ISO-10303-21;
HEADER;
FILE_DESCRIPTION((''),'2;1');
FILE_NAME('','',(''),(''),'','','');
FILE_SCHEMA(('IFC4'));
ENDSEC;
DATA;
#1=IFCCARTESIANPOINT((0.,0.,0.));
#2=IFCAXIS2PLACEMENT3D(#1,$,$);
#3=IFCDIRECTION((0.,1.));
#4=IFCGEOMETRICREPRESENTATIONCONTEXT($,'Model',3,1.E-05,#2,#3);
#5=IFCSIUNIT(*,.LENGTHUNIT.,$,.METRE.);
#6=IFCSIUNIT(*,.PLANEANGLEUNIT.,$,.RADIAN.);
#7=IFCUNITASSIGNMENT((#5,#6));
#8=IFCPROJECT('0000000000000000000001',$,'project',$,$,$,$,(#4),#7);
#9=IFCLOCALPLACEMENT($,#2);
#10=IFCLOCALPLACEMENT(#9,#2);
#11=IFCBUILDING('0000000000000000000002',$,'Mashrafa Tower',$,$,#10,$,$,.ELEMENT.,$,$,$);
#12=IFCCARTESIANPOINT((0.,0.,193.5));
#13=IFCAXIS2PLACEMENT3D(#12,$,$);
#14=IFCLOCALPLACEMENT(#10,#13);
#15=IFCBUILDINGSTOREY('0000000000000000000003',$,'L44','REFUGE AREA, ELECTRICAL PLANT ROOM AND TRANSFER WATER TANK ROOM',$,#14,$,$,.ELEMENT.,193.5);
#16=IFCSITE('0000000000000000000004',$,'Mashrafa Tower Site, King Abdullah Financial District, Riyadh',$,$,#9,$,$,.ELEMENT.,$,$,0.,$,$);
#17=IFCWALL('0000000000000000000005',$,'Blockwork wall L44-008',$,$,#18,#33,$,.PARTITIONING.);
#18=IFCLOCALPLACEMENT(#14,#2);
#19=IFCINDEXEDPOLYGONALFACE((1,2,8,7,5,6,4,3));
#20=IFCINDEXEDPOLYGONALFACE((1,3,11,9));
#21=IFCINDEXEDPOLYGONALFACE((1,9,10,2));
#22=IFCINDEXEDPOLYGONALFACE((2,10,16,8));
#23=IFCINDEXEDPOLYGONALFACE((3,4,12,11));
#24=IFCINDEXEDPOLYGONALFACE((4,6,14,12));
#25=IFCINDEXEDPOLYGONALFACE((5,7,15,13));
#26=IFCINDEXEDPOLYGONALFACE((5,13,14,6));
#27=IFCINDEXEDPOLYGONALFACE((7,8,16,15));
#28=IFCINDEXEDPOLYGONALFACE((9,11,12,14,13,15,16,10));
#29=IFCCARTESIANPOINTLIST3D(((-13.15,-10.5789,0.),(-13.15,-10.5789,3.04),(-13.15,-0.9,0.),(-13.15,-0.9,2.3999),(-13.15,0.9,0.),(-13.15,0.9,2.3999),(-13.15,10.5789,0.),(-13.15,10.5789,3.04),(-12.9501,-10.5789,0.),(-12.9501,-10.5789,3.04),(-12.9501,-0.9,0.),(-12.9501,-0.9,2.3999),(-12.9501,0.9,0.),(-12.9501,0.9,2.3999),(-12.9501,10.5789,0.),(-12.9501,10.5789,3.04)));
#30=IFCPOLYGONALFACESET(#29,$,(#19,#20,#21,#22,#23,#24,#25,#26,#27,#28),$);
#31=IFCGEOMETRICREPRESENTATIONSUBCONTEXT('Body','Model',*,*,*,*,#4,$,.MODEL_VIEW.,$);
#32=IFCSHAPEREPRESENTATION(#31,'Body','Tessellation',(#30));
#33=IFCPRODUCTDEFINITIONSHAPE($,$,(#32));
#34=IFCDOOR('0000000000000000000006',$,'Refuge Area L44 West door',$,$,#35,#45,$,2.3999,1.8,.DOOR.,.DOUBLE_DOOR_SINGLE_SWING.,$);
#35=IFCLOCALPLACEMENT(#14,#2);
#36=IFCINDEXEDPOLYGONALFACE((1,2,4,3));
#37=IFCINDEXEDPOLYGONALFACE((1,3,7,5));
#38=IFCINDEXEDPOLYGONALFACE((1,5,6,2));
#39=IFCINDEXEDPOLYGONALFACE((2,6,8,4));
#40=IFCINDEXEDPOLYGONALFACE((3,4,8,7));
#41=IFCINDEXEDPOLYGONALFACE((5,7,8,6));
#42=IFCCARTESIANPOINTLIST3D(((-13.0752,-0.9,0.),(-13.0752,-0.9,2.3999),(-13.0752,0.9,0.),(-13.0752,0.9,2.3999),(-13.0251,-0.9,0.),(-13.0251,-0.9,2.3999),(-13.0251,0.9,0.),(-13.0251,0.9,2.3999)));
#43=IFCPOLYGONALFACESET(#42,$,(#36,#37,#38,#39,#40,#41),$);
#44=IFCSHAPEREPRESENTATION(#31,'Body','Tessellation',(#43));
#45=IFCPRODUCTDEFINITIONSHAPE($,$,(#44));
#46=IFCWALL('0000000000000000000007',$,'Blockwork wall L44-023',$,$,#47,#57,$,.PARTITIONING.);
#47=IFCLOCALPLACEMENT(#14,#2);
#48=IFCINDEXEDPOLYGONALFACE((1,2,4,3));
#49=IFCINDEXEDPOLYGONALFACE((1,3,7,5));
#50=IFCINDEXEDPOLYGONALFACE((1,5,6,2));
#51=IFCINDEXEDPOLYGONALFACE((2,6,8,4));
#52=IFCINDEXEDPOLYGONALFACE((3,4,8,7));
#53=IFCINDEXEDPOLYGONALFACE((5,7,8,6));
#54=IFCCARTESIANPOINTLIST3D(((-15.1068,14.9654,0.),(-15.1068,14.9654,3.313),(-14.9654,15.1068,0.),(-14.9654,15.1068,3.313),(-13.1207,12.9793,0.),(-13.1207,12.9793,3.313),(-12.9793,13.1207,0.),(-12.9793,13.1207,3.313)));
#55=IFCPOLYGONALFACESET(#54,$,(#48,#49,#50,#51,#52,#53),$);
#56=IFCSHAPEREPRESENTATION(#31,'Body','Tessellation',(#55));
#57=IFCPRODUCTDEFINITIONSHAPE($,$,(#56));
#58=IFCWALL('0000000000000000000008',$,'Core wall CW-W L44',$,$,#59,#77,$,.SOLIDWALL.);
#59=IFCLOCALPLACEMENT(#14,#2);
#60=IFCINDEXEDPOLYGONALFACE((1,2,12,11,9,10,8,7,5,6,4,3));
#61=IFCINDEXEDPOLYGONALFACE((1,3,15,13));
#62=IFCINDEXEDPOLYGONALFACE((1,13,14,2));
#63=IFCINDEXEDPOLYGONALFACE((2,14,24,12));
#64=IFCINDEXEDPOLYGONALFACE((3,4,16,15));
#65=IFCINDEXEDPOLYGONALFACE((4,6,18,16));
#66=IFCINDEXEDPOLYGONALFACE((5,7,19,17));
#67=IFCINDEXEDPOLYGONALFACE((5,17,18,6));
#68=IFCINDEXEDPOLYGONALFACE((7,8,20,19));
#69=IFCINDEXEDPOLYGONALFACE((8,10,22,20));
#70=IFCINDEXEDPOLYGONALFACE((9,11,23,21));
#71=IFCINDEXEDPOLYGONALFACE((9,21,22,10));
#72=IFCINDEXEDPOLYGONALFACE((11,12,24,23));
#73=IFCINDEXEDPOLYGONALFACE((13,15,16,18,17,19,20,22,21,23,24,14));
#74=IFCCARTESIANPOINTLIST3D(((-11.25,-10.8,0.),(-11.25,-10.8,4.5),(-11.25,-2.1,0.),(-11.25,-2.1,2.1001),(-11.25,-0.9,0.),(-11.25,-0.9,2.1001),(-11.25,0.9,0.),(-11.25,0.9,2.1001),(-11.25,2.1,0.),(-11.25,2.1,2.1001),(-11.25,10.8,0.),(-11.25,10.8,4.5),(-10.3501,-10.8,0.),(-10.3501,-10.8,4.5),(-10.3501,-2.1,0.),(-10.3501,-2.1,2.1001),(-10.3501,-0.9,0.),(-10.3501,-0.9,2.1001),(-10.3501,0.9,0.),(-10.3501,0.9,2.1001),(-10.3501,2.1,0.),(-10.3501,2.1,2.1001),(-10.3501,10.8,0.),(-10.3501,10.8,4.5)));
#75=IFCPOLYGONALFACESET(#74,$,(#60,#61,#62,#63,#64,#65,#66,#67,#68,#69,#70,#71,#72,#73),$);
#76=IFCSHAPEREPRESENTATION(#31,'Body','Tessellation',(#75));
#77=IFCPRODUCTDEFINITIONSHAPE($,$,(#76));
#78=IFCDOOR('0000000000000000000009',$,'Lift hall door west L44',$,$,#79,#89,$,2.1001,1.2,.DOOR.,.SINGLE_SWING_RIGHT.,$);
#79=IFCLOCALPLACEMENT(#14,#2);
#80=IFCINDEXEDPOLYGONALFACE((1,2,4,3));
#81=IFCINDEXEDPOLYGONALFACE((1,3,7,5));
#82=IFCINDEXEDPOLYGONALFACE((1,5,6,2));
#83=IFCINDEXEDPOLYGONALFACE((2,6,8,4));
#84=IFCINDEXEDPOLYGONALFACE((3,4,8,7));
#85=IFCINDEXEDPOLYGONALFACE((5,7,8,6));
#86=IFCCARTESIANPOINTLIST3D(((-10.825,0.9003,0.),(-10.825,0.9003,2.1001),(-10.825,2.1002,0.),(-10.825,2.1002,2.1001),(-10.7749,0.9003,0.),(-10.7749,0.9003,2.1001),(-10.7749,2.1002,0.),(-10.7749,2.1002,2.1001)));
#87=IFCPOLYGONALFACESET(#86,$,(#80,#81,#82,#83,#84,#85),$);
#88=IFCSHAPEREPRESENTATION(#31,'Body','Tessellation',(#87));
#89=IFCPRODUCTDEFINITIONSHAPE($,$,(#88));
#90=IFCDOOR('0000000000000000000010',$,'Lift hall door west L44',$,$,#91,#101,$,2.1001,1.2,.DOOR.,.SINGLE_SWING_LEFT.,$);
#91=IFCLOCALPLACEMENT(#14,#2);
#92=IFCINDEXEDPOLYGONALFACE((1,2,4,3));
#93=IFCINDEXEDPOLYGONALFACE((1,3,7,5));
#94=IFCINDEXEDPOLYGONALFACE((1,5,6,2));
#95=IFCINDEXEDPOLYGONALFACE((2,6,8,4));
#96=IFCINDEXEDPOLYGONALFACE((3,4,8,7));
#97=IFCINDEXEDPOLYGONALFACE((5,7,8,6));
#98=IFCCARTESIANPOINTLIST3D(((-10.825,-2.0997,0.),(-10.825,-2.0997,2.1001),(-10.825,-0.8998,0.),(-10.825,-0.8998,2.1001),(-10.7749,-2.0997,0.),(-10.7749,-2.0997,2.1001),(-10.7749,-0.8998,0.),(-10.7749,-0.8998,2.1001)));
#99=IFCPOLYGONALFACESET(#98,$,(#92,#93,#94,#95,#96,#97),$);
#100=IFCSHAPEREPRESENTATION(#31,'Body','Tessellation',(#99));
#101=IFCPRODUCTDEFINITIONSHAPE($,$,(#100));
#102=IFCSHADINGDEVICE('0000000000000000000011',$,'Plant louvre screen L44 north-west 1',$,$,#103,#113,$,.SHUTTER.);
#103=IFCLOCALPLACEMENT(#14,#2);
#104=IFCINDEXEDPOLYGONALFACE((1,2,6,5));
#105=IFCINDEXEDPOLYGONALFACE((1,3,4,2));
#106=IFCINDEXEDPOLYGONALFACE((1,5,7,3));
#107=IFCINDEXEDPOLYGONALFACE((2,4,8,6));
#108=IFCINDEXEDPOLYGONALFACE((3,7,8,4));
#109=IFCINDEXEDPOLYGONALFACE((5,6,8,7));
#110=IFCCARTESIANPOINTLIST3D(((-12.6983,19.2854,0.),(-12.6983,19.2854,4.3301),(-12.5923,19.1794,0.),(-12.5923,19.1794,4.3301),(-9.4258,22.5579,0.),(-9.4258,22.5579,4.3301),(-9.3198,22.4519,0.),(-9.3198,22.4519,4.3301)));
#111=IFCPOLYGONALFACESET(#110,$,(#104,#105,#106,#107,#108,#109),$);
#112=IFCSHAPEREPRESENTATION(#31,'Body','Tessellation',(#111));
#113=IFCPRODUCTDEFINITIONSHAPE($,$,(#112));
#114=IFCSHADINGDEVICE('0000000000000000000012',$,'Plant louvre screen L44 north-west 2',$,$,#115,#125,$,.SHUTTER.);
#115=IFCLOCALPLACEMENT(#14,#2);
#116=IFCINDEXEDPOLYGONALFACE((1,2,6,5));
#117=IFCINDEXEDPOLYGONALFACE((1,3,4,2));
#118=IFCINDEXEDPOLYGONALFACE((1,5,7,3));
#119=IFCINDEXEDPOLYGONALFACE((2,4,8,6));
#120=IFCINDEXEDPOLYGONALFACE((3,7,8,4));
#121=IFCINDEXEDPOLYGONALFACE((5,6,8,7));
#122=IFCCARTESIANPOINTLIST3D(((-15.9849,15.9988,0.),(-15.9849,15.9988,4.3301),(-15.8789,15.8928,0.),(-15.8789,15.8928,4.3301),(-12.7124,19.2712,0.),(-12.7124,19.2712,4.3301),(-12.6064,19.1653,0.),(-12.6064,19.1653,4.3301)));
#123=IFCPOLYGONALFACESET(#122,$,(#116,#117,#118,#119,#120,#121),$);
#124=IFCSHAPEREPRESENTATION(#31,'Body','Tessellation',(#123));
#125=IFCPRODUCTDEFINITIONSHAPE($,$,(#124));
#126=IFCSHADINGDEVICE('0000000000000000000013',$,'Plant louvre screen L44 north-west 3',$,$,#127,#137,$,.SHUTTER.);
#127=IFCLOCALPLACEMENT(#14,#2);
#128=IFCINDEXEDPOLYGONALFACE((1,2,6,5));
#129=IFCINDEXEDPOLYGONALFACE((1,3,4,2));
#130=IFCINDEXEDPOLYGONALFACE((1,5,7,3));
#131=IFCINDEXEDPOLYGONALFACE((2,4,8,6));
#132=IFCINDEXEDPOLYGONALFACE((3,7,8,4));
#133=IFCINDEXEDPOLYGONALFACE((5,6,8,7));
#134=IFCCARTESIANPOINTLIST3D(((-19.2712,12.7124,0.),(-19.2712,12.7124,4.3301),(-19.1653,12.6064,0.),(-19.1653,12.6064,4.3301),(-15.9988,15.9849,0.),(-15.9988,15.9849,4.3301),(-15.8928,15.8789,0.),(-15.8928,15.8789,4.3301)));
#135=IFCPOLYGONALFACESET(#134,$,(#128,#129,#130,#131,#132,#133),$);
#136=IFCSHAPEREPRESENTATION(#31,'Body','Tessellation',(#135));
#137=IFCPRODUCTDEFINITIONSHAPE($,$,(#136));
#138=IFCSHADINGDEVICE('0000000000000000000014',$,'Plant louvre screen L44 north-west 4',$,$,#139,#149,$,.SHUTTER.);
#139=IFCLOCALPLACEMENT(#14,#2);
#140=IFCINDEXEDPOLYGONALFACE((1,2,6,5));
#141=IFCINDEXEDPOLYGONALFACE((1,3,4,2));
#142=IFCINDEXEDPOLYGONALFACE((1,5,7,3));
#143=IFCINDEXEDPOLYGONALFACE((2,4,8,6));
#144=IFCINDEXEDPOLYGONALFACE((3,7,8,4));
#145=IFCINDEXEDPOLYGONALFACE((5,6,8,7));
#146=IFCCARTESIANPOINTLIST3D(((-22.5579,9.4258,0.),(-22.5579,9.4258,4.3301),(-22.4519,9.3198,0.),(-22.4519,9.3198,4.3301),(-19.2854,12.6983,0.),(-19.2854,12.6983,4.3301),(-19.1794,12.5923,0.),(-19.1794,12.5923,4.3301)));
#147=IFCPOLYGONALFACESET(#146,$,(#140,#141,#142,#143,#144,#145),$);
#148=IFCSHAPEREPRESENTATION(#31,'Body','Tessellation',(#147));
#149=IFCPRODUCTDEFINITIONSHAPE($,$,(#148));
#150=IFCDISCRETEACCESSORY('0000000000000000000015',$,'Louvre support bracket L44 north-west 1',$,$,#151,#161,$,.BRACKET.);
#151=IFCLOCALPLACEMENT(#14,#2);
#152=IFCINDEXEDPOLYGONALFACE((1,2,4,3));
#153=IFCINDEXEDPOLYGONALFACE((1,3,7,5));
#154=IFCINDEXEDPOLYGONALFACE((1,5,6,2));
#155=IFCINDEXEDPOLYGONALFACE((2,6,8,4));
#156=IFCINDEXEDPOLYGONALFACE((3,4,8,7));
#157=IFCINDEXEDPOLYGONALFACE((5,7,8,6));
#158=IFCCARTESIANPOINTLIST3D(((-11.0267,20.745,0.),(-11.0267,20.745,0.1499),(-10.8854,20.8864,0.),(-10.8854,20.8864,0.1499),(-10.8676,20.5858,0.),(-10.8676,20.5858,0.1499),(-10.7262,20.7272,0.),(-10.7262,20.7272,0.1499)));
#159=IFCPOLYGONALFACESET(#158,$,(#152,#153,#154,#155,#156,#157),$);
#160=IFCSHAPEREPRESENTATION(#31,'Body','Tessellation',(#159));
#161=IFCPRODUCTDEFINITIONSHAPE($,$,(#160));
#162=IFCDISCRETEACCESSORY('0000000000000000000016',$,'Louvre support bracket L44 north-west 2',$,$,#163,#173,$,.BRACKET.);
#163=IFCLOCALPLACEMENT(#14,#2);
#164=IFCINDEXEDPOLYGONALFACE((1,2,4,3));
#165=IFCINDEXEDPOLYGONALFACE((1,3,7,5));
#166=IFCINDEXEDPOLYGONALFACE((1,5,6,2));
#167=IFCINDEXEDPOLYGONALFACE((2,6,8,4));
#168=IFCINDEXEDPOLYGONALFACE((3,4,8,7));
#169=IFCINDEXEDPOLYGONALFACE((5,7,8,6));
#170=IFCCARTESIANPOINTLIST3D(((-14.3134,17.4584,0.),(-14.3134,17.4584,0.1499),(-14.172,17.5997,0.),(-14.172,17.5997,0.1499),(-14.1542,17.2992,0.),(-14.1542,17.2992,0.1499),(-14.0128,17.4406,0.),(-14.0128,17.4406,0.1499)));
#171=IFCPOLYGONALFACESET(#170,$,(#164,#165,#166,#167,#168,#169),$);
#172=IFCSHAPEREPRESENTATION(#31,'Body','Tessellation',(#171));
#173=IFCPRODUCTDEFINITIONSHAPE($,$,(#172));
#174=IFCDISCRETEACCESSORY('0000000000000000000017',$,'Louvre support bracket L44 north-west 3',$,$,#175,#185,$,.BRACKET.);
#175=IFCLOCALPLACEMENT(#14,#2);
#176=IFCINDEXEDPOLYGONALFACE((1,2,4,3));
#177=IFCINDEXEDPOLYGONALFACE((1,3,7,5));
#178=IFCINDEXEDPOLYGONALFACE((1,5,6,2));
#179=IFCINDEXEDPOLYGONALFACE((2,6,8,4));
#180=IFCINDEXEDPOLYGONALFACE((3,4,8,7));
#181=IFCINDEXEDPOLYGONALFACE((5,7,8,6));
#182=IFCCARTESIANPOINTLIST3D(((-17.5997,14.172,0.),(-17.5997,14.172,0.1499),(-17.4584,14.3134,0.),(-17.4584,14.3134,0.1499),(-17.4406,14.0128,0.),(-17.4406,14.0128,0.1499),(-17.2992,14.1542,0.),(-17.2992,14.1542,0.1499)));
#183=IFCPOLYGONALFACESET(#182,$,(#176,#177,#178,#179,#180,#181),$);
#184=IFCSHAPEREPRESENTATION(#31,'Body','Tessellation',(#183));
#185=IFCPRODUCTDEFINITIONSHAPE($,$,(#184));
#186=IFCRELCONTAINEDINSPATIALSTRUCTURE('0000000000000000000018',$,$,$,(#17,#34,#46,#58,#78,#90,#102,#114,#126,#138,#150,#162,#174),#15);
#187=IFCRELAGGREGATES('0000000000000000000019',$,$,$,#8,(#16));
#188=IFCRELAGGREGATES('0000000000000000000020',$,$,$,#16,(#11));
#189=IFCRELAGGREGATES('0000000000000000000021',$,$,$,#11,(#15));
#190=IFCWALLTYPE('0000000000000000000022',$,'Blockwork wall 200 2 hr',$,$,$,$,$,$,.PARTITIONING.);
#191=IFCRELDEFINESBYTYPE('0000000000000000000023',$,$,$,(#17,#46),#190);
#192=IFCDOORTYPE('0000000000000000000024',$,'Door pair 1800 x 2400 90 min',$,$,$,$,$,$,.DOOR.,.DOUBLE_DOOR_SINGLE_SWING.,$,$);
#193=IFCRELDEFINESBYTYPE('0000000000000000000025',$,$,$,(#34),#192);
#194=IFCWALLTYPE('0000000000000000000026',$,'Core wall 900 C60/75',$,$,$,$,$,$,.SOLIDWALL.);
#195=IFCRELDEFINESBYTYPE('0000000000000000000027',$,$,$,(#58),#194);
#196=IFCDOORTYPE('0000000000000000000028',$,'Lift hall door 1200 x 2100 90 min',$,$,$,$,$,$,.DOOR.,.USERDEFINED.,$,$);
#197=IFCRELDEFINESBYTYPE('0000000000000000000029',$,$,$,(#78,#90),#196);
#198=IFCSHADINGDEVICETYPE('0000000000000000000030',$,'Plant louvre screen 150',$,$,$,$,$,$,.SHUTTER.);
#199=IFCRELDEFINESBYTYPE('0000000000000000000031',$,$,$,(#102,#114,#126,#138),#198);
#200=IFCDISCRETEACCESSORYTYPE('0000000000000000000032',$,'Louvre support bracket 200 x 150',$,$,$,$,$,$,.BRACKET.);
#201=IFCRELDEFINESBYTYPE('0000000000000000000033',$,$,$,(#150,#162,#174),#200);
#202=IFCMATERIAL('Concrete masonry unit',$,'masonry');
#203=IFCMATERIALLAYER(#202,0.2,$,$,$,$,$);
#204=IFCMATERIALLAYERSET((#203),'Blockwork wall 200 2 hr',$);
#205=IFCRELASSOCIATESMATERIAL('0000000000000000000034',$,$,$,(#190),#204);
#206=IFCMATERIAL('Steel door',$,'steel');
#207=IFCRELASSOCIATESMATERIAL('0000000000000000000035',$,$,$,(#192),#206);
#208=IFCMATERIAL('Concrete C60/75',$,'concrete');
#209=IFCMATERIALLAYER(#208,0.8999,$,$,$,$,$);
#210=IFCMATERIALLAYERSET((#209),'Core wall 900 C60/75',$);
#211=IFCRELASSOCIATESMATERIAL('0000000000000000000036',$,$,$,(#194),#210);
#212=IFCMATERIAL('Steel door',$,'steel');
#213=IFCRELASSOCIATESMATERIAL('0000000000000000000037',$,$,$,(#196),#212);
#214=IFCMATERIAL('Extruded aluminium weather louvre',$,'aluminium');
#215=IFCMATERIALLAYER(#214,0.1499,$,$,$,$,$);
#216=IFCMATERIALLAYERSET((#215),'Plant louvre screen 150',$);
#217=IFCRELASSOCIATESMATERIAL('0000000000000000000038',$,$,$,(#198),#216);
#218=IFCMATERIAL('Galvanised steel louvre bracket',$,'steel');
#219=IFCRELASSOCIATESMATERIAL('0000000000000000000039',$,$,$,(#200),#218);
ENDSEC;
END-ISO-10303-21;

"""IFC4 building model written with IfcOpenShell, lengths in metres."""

from ifc_helpers import new_model, si_unit, direction, frame, frame_2d, origin, origin_2d, place, context, subcontext, project, spatial, rectangle, extrude, source, transform, mapped, material, layer, layer_set, type_object, type_shapes, element, fill, save


model = new_model("IFC4")

# Units and contexts
model_context = context("Model", 3, precision=1e-05, world=origin(), true_north=direction((0.0, 1.0)))
body_context = subcontext(model_context, "Body", "Model", "MODEL_VIEW")
ifc_project = project(units=[si_unit("LENGTHUNIT", "METRE"), si_unit("PLANEANGLEUNIT", "RADIAN")], contexts=[model_context])

# Site, building, storey
site_placement = place(None, origin())
site = spatial("IfcSite", under=ifc_project, at=site_placement, Name="Mashrafa Tower Site, King Abdullah Financial District, Riyadh", CompositionType="ELEMENT", RefElevation=0.0)
building_placement = place(site_placement, origin())
building = spatial("IfcBuilding", under=site, at=building_placement, Name="Mashrafa Tower", CompositionType="ELEMENT")
storey_placement = place(building_placement, frame((0.0, 0.0, 193.5)))
storey = spatial("IfcBuildingStorey", under=building, at=storey_placement, Name="L44", Description="REFUGE AREA, ELECTRICAL PLANT ROOM AND TRANSFER WATER TANK ROOM", CompositionType="ELEMENT", Elevation=193.5)

# Shared definitions
ifc_material_1 = material(Name="Concrete masonry unit", Category="masonry")
ifc_layer_1 = layer(ifc_material_1, 0.2)
ifc_layer_set_1 = layer_set([ifc_layer_1], Name="Blockwork wall 200 2 hr")
wall_type_1 = type_object("IfcWallType", Name="Blockwork wall 200 2 hr", PredefinedType="PARTITIONING", material=ifc_layer_set_1)

# Wall, opening, door
wall_1_placement = place(storey_placement, frame((-13.05, 10.5789, 0.0), z_axis=(0.0, 0.0, 1.0), x_axis=(0.0, -1.0, 0.0)))
wall_1 = element("IfcWall", 1, at=wall_1_placement, inside=storey, type_object=wall_type_1, Name="Blockwork wall L44-008", PredefinedType="PARTITIONING", context=body_context, shape_type="SweptSolid", body=[
    extrude(rectangle(XDim=21.1577, YDim=0.2, at=frame_2d((10.5789, 0.0))), origin(), (0.0, 0.0, 1.0), 3.04),
])
opening_1_placement = place(wall_1_placement, frame((9.679, 0.0, 0.0)))
opening_1 = element("IfcOpeningElement", 2, at=opening_1_placement, cuts=wall_1, PredefinedType="OPENING", context=body_context, shape_type="SweptSolid", body=[
    extrude(rectangle(XDim=1.8, YDim=2.3999, at=frame_2d((0.8999, 1.2))), frame((0.0, 0.1099, 0.0), z_axis=(0.0, -1.0, 0.0), x_axis=(1.0, 0.0, 0.0)), (0.0, 0.0, 1.0), 0.22),
])
ifc_material_2 = material(Name="Steel door", Category="steel")
door_type_1 = type_object("IfcDoorType", Name="Door pair 1800 x 2400 90 min", OperationType="DOUBLE_DOOR_SINGLE_SWING", PredefinedType="DOOR", material=ifc_material_2)
door_1_placement = place(opening_1_placement, origin())
door_1 = element("IfcDoor", 3, at=door_1_placement, inside=storey, type_object=door_type_1, Name="Refuge Area L44 West door", OperationType="DOUBLE_DOOR_SINGLE_SWING", OverallHeight=2.3999, OverallWidth=1.8, PredefinedType="DOOR", context=body_context, shape_type="SweptSolid", body=[
    extrude(rectangle(XDim=1.8, YDim=2.3999, at=frame_2d((0.8999, 1.2))), frame((0.0, 0.0249, 0.0), z_axis=(0.0, -1.0, 0.0), x_axis=(1.0, 0.0, 0.0)), (0.0, 0.0, 1.0), 0.05),
])
fill(opening_1, door_1)

# Wall
wall_2_placement = place(storey_placement, frame((-13.05, 13.05, 0.0), z_axis=(0.0, 0.0, 1.0), x_axis=(-0.707107, 0.707107, 0.0)))
element("IfcWall", 4, at=wall_2_placement, inside=storey, type_object=wall_type_1, Name="Blockwork wall L44-023", PredefinedType="PARTITIONING", context=body_context, shape_type="SweptSolid", body=[
    extrude(rectangle(XDim=2.8088, YDim=0.2, at=frame_2d((1.4043, 0.0))), origin(), (0.0, 0.0, 1.0), 3.313),
])

# Wall, openings, doors
ifc_material_3 = material(Name="Concrete C60/75", Category="concrete")
ifc_layer_2 = layer(ifc_material_3, 0.8999)
ifc_layer_set_2 = layer_set([ifc_layer_2], Name="Core wall 900 C60/75")
wall_type_2 = type_object("IfcWallType", Name="Core wall 900 C60/75", PredefinedType="SOLIDWALL", material=ifc_layer_set_2)
wall_3_placement = place(storey_placement, frame((-10.8, 10.8, 0.0), z_axis=(0.0, 0.0, 1.0), x_axis=(0.0, -1.0, 0.0)))
wall_3 = element("IfcWall", 5, at=wall_3_placement, inside=storey, type_object=wall_type_2, Name="Core wall CW-W L44", PredefinedType="SOLIDWALL", context=body_context, shape_type="SweptSolid", body=[
    extrude(rectangle(XDim=21.6001, YDim=0.8999, at=frame_2d((10.8, 0.0))), origin(), (0.0, 0.0, 1.0), 4.5),
])
opening_2_placement = place(wall_3_placement, frame((8.7, 0.0, 0.0)))
opening_2 = element("IfcOpeningElement", 6, at=opening_2_placement, cuts=wall_3, PredefinedType="OPENING", context=body_context, shape_type="SweptSolid", body=[
    extrude(rectangle(XDim=1.2, YDim=2.1001, at=frame_2d((0.6001, 1.05))), frame((0.0, 0.46, 0.0), z_axis=(0.0, -1.0, 0.0), x_axis=(1.0, 0.0, 0.0)), (0.0, 0.0, 1.0), 0.9199),
])
opening_3_placement = place(wall_3_placement, frame((11.7, 0.0, 0.0)))
opening_3 = element("IfcOpeningElement", 7, at=opening_3_placement, cuts=wall_3, PredefinedType="OPENING", context=body_context, shape_type="SweptSolid", body=[
    extrude(rectangle(XDim=1.2, YDim=2.1001, at=frame_2d((0.6001, 1.05))), frame((0.0, 0.46, 0.0), z_axis=(0.0, -1.0, 0.0), x_axis=(1.0, 0.0, 0.0)), (0.0, 0.0, 1.0), 0.9199),
])
ifc_material_4 = material(Name="Steel door", Category="steel")
door_type_2 = type_object("IfcDoorType", Name="Lift hall door 1200 x 2100 90 min", OperationType="USERDEFINED", PredefinedType="DOOR", material=ifc_material_4)
door_2_placement = place(opening_2_placement, frame((1.2, 0.0, 0.0), z_axis=(0.0, 0.0, 1.0), x_axis=(-1.0, 0.0, 0.0)))
door_2 = element("IfcDoor", 8, at=door_2_placement, inside=storey, type_object=door_type_2, Name="Lift hall door west L44", OperationType="SINGLE_SWING_RIGHT", OverallHeight=2.1001, OverallWidth=1.2, PredefinedType="DOOR", context=body_context, shape_type="SweptSolid", body=[
    extrude(rectangle(XDim=1.2, YDim=2.1001, at=frame_2d((0.6001, 1.05))), frame((0.0, 0.0249, 0.0), z_axis=(0.0, -1.0, 0.0), x_axis=(1.0, 0.0, 0.0)), (0.0, 0.0, 1.0), 0.05),
])
fill(opening_2, door_2)
door_3_placement = place(opening_3_placement, frame((1.2, 0.0, 0.0), z_axis=(0.0, 0.0, 1.0), x_axis=(-1.0, 0.0, 0.0)))
door_3 = element("IfcDoor", 9, at=door_3_placement, inside=storey, type_object=door_type_2, Name="Lift hall door west L44", OperationType="SINGLE_SWING_LEFT", OverallHeight=2.1001, OverallWidth=1.2, PredefinedType="DOOR", context=body_context, shape_type="SweptSolid", body=[
    extrude(rectangle(XDim=1.2, YDim=2.1001, at=frame_2d((0.6001, 1.05))), frame((0.0, 0.0249, 0.0), z_axis=(0.0, -1.0, 0.0), x_axis=(1.0, 0.0, 0.0)), (0.0, 0.0, 1.0), 0.05),
])
fill(opening_3, door_3)

# Shading devices
ifc_material_5 = material(Name="Extruded aluminium weather louvre", Category="aluminium")
ifc_layer_3 = layer(ifc_material_5, 0.1499)
ifc_layer_set_3 = layer_set([ifc_layer_3], Name="Plant louvre screen 150")
shading_device_type = type_object("IfcShadingDeviceType", Name="Plant louvre screen 150", PredefinedType="SHUTTER", material=ifc_layer_set_3)
shared_shape_1 = source(origin(), body_context, "Body", "SweptSolid", [
    extrude(rectangle(XDim=4.6279, YDim=0.1499, at=origin_2d()), origin(), (0.0, 0.0, 1.0), 4.3301),
])
type_shapes(shading_device_type, [shared_shape_1])
for number, where, z_axis, x_axis, name in (
    (10, (-11.009, 20.8687, 0.0), (0.0, 0.0, 1.0), (-0.707107, -0.707107, 0.0), "Plant louvre screen L44 north-west 1"),
    (11, (-14.2957, 17.582, 0.0), (0.0, 0.0, 1.0), (-0.707107, -0.707107, 0.0), "Plant louvre screen L44 north-west 2"),
    (12, (-17.582, 14.2957, 0.0), (0.0, 0.0, 1.0), (-0.707107, -0.707107, 0.0), "Plant louvre screen L44 north-west 3"),
    (13, (-20.8687, 11.009, 0.0), (0.0, 0.0, 1.0), (-0.707107, -0.707107, 0.0), "Plant louvre screen L44 north-west 4"),
):
    element("IfcShadingDevice", number, at=place(storey_placement, frame(where, z_axis=z_axis, x_axis=x_axis)), inside=storey, type_object=shading_device_type, Name=name, PredefinedType="SHUTTER", context=body_context, shape_type="MappedRepresentation", body=[
        mapped(shared_shape_1, transform((0.0, 0.0, 0.0))),
    ])

# Discrete accessories
ifc_material_6 = material(Name="Galvanised steel louvre bracket", Category="steel")
discrete_accessory_type = type_object("IfcDiscreteAccessoryType", Name="Louvre support bracket 200 x 150", PredefinedType="BRACKET", material=ifc_material_6)
shared_shape_2 = source(origin(), body_context, "Body", "SweptSolid", [
    extrude(rectangle(XDim=0.2, YDim=0.2251, at=origin_2d()), origin(), (0.0, 0.0, 1.0), 0.1499),
])
type_shapes(discrete_accessory_type, [shared_shape_2])
for number, where, z_axis, x_axis, name in (
    (14, (-10.8765, 20.7361, 0.0), (0.0, 0.0, 1.0), (-0.707107, -0.707107, 0.0), "Louvre support bracket L44 north-west 1"),
    (15, (-14.1631, 17.4495, 0.0), (0.0, 0.0, 1.0), (-0.707107, -0.707107, 0.0), "Louvre support bracket L44 north-west 2"),
    (16, (-17.4495, 14.1631, 0.0), (0.0, 0.0, 1.0), (-0.707107, -0.707107, 0.0), "Louvre support bracket L44 north-west 3"),
):
    element("IfcDiscreteAccessory", number, at=place(storey_placement, frame(where, z_axis=z_axis, x_axis=x_axis)), inside=storey, type_object=discrete_accessory_type, Name=name, PredefinedType="BRACKET", context=body_context, shape_type="MappedRepresentation", body=[
        mapped(shared_shape_2, transform((0.0, 0.0, 0.0))),
    ])

save(model, "model.ifc")
